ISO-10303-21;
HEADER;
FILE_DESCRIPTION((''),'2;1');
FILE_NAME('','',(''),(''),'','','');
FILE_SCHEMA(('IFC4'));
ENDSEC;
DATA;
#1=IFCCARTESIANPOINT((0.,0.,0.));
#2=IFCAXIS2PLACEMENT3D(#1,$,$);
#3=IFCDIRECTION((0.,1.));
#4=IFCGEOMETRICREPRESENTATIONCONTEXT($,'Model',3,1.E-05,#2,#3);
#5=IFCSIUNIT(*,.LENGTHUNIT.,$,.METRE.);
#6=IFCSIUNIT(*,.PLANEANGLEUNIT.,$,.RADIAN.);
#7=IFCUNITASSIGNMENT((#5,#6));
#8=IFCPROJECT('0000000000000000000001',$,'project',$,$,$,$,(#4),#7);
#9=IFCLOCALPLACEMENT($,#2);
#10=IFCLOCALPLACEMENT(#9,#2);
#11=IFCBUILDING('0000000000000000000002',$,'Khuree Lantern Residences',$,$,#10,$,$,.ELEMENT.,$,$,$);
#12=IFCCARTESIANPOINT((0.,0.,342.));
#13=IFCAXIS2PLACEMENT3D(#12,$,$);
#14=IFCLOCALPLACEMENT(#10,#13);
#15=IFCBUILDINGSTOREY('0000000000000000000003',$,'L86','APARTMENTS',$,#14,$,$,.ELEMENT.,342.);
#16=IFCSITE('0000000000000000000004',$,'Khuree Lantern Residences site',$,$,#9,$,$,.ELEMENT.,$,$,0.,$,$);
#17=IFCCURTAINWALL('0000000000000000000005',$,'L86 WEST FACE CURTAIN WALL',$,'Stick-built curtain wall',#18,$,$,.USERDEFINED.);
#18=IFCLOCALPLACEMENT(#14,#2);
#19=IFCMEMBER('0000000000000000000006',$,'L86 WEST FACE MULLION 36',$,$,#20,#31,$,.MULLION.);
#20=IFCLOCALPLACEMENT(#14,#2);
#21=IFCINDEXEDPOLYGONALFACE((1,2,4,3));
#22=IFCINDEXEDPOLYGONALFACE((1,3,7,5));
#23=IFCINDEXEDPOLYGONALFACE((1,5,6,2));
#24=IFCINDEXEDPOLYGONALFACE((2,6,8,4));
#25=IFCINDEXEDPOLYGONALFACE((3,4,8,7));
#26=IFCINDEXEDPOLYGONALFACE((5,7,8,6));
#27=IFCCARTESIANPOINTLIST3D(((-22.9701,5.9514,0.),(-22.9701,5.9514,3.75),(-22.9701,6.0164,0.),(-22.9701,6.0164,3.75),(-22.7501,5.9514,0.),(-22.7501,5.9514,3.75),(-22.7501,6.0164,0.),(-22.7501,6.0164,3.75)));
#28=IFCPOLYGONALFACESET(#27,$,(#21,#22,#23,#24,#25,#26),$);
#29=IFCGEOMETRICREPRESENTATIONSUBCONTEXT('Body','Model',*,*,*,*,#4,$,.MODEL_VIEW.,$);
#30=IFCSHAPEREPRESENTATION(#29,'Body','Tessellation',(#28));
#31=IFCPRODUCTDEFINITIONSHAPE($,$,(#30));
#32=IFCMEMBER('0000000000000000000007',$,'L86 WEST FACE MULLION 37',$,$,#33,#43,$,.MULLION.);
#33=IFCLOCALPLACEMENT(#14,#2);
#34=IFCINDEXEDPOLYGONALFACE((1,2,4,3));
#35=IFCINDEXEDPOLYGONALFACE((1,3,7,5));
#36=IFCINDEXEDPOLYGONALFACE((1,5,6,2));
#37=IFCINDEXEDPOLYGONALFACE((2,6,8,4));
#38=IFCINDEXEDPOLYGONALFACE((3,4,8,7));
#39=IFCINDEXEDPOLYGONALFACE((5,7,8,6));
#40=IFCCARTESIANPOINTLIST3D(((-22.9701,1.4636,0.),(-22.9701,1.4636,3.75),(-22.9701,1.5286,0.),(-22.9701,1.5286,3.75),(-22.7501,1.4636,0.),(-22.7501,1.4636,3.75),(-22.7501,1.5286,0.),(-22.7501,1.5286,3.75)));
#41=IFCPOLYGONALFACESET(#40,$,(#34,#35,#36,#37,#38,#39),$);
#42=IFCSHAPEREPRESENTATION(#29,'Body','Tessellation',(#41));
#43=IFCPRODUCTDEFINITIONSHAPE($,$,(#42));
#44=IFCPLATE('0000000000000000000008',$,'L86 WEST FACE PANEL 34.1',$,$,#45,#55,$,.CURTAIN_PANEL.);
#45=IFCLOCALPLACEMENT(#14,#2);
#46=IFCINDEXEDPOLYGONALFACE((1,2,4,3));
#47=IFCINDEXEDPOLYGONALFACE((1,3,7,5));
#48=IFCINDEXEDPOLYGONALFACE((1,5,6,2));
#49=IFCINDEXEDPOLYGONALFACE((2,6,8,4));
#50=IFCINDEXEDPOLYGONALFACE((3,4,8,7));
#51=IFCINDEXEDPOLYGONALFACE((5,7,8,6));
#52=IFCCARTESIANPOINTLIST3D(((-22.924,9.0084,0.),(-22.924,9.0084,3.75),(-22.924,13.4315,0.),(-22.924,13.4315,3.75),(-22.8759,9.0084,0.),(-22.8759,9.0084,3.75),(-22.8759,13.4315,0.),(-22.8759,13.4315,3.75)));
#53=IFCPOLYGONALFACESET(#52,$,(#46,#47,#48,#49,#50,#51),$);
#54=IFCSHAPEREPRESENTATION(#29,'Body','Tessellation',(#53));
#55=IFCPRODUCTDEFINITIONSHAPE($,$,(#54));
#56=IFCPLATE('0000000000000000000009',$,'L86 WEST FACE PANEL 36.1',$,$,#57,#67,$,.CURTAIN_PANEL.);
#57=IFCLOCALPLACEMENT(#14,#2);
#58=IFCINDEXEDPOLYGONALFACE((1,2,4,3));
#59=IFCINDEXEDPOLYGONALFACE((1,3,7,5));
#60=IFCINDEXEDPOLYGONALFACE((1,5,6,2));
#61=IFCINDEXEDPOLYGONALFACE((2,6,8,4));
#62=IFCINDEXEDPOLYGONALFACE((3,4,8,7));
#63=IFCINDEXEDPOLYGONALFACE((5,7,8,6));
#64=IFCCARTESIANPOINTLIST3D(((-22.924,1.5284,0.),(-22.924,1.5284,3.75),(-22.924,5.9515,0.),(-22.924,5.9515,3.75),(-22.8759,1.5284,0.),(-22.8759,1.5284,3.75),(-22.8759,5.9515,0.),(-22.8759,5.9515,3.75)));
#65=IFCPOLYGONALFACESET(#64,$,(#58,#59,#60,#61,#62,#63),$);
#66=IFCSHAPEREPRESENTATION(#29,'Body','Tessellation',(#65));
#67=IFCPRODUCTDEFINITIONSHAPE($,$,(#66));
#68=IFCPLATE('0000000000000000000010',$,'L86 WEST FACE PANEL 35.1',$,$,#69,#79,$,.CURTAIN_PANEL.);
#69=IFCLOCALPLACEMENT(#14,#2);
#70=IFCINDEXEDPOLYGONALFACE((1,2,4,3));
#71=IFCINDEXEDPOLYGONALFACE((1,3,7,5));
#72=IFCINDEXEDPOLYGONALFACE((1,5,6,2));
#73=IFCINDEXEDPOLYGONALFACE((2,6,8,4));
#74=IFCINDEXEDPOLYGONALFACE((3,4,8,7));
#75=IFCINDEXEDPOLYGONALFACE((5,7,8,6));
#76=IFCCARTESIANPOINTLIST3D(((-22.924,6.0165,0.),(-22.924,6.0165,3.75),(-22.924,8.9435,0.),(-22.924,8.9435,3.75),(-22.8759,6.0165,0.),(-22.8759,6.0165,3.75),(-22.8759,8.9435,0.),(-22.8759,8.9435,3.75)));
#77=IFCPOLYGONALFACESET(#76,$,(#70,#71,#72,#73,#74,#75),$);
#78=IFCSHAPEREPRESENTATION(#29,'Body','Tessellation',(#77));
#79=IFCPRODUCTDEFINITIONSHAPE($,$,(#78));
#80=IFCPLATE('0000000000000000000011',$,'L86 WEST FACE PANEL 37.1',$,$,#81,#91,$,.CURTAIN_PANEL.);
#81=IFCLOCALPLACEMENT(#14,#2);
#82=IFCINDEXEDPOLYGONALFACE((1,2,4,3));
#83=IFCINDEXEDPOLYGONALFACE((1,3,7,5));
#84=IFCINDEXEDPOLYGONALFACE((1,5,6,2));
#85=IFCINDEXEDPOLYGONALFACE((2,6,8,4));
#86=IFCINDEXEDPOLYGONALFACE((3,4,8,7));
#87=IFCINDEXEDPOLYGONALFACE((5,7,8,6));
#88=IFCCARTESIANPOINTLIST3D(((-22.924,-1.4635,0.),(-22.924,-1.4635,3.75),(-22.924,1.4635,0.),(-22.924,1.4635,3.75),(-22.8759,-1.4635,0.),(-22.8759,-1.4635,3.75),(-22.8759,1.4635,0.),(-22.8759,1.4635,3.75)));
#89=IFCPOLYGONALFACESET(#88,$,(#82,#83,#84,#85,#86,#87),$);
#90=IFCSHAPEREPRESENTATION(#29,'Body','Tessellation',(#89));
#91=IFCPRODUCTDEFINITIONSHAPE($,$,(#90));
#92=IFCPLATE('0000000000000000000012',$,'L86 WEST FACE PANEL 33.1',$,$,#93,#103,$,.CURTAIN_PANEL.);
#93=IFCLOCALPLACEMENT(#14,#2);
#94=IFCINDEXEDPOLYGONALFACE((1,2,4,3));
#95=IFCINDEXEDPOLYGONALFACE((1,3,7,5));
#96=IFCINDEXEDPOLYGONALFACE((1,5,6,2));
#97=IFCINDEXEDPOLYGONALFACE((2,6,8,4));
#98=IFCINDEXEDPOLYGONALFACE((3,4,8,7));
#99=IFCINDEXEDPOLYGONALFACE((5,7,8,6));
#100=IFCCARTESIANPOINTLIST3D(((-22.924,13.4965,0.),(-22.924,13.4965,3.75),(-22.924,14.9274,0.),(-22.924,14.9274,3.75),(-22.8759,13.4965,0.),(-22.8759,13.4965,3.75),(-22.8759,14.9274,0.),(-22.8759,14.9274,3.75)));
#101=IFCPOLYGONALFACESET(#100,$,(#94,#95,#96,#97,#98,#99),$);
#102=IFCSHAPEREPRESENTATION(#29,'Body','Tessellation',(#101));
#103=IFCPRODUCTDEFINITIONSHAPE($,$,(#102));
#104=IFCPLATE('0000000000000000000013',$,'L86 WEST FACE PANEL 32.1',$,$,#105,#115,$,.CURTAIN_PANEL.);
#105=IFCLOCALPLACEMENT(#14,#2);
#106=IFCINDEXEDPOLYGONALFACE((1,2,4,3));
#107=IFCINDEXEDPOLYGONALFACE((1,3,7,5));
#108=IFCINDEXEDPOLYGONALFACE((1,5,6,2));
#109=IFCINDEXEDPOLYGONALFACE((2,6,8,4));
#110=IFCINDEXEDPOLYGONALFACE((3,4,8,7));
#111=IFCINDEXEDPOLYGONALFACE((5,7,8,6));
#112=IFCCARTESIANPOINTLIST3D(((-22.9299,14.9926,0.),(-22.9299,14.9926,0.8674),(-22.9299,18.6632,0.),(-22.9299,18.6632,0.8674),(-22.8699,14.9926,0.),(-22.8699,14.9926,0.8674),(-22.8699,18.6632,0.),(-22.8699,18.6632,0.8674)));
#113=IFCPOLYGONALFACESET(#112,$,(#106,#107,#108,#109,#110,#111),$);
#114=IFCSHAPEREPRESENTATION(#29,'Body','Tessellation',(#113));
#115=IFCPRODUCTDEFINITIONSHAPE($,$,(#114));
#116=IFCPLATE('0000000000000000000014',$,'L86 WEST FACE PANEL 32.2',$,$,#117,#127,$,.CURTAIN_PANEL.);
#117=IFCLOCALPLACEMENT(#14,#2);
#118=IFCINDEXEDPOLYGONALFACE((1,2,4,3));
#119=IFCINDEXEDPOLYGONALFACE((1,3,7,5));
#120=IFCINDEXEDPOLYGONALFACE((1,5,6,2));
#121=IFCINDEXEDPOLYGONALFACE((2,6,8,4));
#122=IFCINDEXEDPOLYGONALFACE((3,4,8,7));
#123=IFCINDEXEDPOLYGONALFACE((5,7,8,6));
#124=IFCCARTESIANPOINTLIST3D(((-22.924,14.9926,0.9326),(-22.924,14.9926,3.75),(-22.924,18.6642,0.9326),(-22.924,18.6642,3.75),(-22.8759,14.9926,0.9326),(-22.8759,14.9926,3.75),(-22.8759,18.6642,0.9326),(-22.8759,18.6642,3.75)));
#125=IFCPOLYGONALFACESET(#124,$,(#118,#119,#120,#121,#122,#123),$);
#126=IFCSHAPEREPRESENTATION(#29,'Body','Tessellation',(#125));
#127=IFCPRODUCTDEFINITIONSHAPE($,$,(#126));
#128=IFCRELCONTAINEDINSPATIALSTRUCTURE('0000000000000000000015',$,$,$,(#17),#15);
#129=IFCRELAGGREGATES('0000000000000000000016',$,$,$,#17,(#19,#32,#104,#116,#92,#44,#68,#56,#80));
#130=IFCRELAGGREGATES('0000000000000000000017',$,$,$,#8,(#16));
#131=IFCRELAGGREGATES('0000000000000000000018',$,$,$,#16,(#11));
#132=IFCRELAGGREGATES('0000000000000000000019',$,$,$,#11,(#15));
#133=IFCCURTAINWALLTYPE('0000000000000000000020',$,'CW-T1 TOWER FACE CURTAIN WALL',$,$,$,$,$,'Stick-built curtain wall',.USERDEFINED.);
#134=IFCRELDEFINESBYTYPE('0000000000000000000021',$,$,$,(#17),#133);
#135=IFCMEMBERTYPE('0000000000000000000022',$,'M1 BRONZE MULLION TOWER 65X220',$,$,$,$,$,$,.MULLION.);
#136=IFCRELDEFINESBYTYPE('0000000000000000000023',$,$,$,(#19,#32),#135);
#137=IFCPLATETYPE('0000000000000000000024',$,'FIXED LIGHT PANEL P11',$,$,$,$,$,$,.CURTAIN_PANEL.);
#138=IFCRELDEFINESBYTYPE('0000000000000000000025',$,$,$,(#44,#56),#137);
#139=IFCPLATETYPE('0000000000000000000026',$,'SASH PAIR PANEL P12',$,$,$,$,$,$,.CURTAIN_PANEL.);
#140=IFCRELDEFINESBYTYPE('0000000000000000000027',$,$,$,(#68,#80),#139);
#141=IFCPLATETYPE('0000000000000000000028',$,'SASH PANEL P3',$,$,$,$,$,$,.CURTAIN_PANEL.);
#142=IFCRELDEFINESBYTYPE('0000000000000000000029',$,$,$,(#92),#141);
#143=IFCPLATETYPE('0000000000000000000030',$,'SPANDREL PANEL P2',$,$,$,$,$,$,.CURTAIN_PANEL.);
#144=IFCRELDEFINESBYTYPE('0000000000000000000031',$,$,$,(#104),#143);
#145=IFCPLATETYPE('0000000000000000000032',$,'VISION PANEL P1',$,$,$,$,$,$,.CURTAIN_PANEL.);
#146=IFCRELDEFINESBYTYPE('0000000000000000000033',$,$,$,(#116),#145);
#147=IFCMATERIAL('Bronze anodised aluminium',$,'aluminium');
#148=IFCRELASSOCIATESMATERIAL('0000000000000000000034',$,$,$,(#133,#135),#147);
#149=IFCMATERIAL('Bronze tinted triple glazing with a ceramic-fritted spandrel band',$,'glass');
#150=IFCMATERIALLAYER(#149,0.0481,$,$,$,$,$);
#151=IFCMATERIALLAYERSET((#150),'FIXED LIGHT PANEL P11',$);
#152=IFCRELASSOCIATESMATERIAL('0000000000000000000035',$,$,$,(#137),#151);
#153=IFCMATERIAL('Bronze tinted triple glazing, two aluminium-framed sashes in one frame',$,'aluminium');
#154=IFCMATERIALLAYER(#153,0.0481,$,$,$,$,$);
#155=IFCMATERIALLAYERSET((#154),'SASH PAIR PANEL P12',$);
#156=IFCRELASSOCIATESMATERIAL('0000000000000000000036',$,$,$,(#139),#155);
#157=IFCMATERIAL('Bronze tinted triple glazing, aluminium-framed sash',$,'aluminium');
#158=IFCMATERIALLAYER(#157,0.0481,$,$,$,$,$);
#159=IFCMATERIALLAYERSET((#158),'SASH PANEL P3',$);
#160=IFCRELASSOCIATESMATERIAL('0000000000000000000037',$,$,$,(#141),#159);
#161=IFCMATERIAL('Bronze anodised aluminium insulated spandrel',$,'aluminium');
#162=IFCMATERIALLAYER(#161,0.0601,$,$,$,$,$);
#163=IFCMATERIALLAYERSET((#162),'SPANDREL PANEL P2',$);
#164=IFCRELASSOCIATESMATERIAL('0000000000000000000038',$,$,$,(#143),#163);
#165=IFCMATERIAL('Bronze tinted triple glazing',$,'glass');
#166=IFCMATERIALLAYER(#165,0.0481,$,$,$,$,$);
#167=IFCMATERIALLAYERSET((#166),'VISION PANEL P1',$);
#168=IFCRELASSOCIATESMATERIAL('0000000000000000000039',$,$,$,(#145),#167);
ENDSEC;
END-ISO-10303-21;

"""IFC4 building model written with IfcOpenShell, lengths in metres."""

from ifc_helpers import new_model, si_unit, direction, frame, origin, origin_2d, place, context, subcontext, project, spatial, rectangle, extrude, material, layer, layer_set, material_profile, profile_set, type_object, element, aggregate, save


model = new_model("IFC4")

# Units and contexts
model_context = context("Model", 3, precision=1e-05, world=origin(), true_north=direction((0.0, 1.0)))
body_context = subcontext(model_context, "Body", "Model", "MODEL_VIEW")
ifc_project = project(units=[si_unit("LENGTHUNIT", "METRE"), si_unit("PLANEANGLEUNIT", "RADIAN")], contexts=[model_context])

# Site, building, storey
site_placement = place(None, origin())
site = spatial("IfcSite", under=ifc_project, at=site_placement, Name="Khuree Lantern Residences site", CompositionType="ELEMENT", RefElevation=0.0)
building_placement = place(site_placement, origin())
building = spatial("IfcBuilding", under=site, at=building_placement, Name="Khuree Lantern Residences", CompositionType="ELEMENT")
storey_placement = place(building_placement, frame((0.0, 0.0, 342.0)))
storey = spatial("IfcBuildingStorey", under=building, at=storey_placement, Name="L86", Description="APARTMENTS", CompositionType="ELEMENT", Elevation=342.0)

# Curtain wall
ifc_material_1 = material(Name="Bronze anodised aluminium", Category="aluminium")
curtain_wall_type = type_object("IfcCurtainWallType", Name="CW-T1 TOWER FACE CURTAIN WALL", ElementType="Stick-built curtain wall", PredefinedType="USERDEFINED", material=ifc_material_1)
curtain_wall_placement = place(storey_placement, origin())
curtain_wall = element("IfcCurtainWall", 1, at=curtain_wall_placement, inside=storey, type_object=curtain_wall_type, Name="L86 WEST FACE CURTAIN WALL", ObjectType="Stick-built curtain wall", PredefinedType="USERDEFINED")

# Members
ifc_material_profile_1 = material_profile(ifc_material_1, rectangle(XDim=0.0649, YDim=0.22, at=origin_2d()), Name="M1 65X220")
ifc_profile_set_1 = profile_set([ifc_material_profile_1], Name="Bronze anodised aluminium")
member_type_1 = type_object("IfcMemberType", Name="M1 BRONZE MULLION TOWER 65X220", PredefinedType="MULLION", material=ifc_profile_set_1)
member_1_placement = place(storey_placement, frame((-22.8601, 5.9839, 0.0), z_axis=(0.0, 0.0, 1.0), x_axis=(0.0, -1.0, 0.0)))
member_1 = element("IfcMember", 2, at=member_1_placement, type_object=member_type_1, Name="L86 WEST FACE MULLION 36", PredefinedType="MULLION", context=body_context, shape_type="SweptSolid", body=[
    extrude(rectangle(XDim=0.0649, YDim=0.22, at=origin_2d()), origin(), (0.0, 0.0, 1.0), 3.75),
])
member_2_placement = place(storey_placement, frame((-22.8601, 1.4961, 0.0), z_axis=(0.0, 0.0, 1.0), x_axis=(0.0, -1.0, 0.0)))
member_2 = element("IfcMember", 3, at=member_2_placement, type_object=member_type_1, Name="L86 WEST FACE MULLION 37", PredefinedType="MULLION", context=body_context, shape_type="SweptSolid", body=[
    extrude(rectangle(XDim=0.0649, YDim=0.22, at=origin_2d()), origin(), (0.0, 0.0, 1.0), 3.75),
])

# Plates
ifc_material_2 = material(Name="Bronze tinted triple glazing with a ceramic-fritted spandrel band", Category="glass")
ifc_layer_1 = layer(ifc_material_2, 0.0481)
ifc_layer_set_1 = layer_set([ifc_layer_1], Name="FIXED LIGHT PANEL P11")
plate_type_1 = type_object("IfcPlateType", Name="FIXED LIGHT PANEL P11", PredefinedType="CURTAIN_PANEL", material=ifc_layer_set_1)
plate_1_placement = place(storey_placement, frame((-22.8999, 11.22, 0.0), z_axis=(0.0, 0.0, 1.0), x_axis=(0.0, -1.0, 0.0)))
plate_1 = element("IfcPlate", 4, at=plate_1_placement, type_object=plate_type_1, Name="L86 WEST FACE PANEL 34.1", PredefinedType="CURTAIN_PANEL", context=body_context, shape_type="SweptSolid", body=[
    extrude(rectangle(XDim=4.4231, YDim=0.0481, at=origin_2d()), origin(), (0.0, 0.0, 1.0), 3.75),
])
plate_2_placement = place(storey_placement, frame((-22.8999, 3.74, 0.0), z_axis=(0.0, 0.0, 1.0), x_axis=(0.0, -1.0, 0.0)))
plate_2 = element("IfcPlate", 5, at=plate_2_placement, type_object=plate_type_1, Name="L86 WEST FACE PANEL 36.1", PredefinedType="CURTAIN_PANEL", context=body_context, shape_type="SweptSolid", body=[
    extrude(rectangle(XDim=4.4231, YDim=0.0481, at=origin_2d()), origin(), (0.0, 0.0, 1.0), 3.75),
])
ifc_material_3 = material(Name="Bronze tinted triple glazing, two aluminium-framed sashes in one frame", Category="aluminium")
ifc_layer_2 = layer(ifc_material_3, 0.0481)
ifc_layer_set_2 = layer_set([ifc_layer_2], Name="SASH PAIR PANEL P12")
plate_type_2 = type_object("IfcPlateType", Name="SASH PAIR PANEL P12", PredefinedType="CURTAIN_PANEL", material=ifc_layer_set_2)
plate_3_placement = place(storey_placement, frame((-22.8999, 7.48, 0.0), z_axis=(0.0, 0.0, 1.0), x_axis=(0.0, -1.0, 0.0)))
plate_3 = element("IfcPlate", 6, at=plate_3_placement, type_object=plate_type_2, Name="L86 WEST FACE PANEL 35.1", PredefinedType="CURTAIN_PANEL", context=body_context, shape_type="SweptSolid", body=[
    extrude(rectangle(XDim=2.927, YDim=0.0481, at=origin_2d()), origin(), (0.0, 0.0, 1.0), 3.75),
])
plate_4_placement = place(storey_placement, frame((-22.8999, 0.0, 0.0), z_axis=(0.0, 0.0, 1.0), x_axis=(0.0, -1.0, 0.0)))
plate_4 = element("IfcPlate", 7, at=plate_4_placement, type_object=plate_type_2, Name="L86 WEST FACE PANEL 37.1", PredefinedType="CURTAIN_PANEL", context=body_context, shape_type="SweptSolid", body=[
    extrude(rectangle(XDim=2.927, YDim=0.0481, at=origin_2d()), origin(), (0.0, 0.0, 1.0), 3.75),
])
ifc_material_4 = material(Name="Bronze tinted triple glazing, aluminium-framed sash", Category="aluminium")
ifc_layer_3 = layer(ifc_material_4, 0.0481)
ifc_layer_set_3 = layer_set([ifc_layer_3], Name="SASH PANEL P3")
plate_type_3 = type_object("IfcPlateType", Name="SASH PANEL P3", PredefinedType="CURTAIN_PANEL", material=ifc_layer_set_3)
plate_5_placement = place(storey_placement, frame((-22.8999, 14.2119, 0.0), z_axis=(0.0, 0.0, 1.0), x_axis=(0.0, -1.0, 0.0)))
plate_5 = element("IfcPlate", 8, at=plate_5_placement, type_object=plate_type_3, Name="L86 WEST FACE PANEL 33.1", PredefinedType="CURTAIN_PANEL", context=body_context, shape_type="SweptSolid", body=[
    extrude(rectangle(XDim=1.4309, YDim=0.0481, at=origin_2d()), origin(), (0.0, 0.0, 1.0), 3.75),
])
ifc_material_5 = material(Name="Bronze anodised aluminium insulated spandrel", Category="aluminium")
ifc_layer_4 = layer(ifc_material_5, 0.0601)
ifc_layer_set_4 = layer_set([ifc_layer_4], Name="SPANDREL PANEL P2")
plate_type_4 = type_object("IfcPlateType", Name="SPANDREL PANEL P2", PredefinedType="CURTAIN_PANEL", material=ifc_layer_set_4)
plate_6_placement = place(storey_placement, frame((-22.8999, 16.8279, 0.0), z_axis=(0.0, 0.0, 1.0), x_axis=(0.0, -1.0, 0.0)))
plate_6 = element("IfcPlate", 9, at=plate_6_placement, type_object=plate_type_4, Name="L86 WEST FACE PANEL 32.1", PredefinedType="CURTAIN_PANEL", context=body_context, shape_type="SweptSolid", body=[
    extrude(rectangle(XDim=3.6707, YDim=0.0601, at=origin_2d()), origin(), (0.0, 0.0, 1.0), 0.8674),
])
ifc_material_6 = material(Name="Bronze tinted triple glazing", Category="glass")
ifc_layer_5 = layer(ifc_material_6, 0.0481)
ifc_layer_set_5 = layer_set([ifc_layer_5], Name="VISION PANEL P1")
plate_type_5 = type_object("IfcPlateType", Name="VISION PANEL P1", PredefinedType="CURTAIN_PANEL", material=ifc_layer_set_5)
plate_7_placement = place(storey_placement, frame((-22.8999, 16.8284, 0.9326), z_axis=(0.0, 0.0, 1.0), x_axis=(0.0, -1.0, 0.0)))
plate_7 = element("IfcPlate", 10, at=plate_7_placement, type_object=plate_type_5, Name="L86 WEST FACE PANEL 32.2", PredefinedType="CURTAIN_PANEL", context=body_context, shape_type="SweptSolid", body=[
    extrude(rectangle(XDim=3.6716, YDim=0.0481, at=origin_2d()), origin(), (0.0, 0.0, 1.0), 2.8174),
])
aggregate(curtain_wall, [member_1, member_2, plate_6, plate_7, plate_5, plate_1, plate_3, plate_2, plate_4])

save(model, "model.ifc")
